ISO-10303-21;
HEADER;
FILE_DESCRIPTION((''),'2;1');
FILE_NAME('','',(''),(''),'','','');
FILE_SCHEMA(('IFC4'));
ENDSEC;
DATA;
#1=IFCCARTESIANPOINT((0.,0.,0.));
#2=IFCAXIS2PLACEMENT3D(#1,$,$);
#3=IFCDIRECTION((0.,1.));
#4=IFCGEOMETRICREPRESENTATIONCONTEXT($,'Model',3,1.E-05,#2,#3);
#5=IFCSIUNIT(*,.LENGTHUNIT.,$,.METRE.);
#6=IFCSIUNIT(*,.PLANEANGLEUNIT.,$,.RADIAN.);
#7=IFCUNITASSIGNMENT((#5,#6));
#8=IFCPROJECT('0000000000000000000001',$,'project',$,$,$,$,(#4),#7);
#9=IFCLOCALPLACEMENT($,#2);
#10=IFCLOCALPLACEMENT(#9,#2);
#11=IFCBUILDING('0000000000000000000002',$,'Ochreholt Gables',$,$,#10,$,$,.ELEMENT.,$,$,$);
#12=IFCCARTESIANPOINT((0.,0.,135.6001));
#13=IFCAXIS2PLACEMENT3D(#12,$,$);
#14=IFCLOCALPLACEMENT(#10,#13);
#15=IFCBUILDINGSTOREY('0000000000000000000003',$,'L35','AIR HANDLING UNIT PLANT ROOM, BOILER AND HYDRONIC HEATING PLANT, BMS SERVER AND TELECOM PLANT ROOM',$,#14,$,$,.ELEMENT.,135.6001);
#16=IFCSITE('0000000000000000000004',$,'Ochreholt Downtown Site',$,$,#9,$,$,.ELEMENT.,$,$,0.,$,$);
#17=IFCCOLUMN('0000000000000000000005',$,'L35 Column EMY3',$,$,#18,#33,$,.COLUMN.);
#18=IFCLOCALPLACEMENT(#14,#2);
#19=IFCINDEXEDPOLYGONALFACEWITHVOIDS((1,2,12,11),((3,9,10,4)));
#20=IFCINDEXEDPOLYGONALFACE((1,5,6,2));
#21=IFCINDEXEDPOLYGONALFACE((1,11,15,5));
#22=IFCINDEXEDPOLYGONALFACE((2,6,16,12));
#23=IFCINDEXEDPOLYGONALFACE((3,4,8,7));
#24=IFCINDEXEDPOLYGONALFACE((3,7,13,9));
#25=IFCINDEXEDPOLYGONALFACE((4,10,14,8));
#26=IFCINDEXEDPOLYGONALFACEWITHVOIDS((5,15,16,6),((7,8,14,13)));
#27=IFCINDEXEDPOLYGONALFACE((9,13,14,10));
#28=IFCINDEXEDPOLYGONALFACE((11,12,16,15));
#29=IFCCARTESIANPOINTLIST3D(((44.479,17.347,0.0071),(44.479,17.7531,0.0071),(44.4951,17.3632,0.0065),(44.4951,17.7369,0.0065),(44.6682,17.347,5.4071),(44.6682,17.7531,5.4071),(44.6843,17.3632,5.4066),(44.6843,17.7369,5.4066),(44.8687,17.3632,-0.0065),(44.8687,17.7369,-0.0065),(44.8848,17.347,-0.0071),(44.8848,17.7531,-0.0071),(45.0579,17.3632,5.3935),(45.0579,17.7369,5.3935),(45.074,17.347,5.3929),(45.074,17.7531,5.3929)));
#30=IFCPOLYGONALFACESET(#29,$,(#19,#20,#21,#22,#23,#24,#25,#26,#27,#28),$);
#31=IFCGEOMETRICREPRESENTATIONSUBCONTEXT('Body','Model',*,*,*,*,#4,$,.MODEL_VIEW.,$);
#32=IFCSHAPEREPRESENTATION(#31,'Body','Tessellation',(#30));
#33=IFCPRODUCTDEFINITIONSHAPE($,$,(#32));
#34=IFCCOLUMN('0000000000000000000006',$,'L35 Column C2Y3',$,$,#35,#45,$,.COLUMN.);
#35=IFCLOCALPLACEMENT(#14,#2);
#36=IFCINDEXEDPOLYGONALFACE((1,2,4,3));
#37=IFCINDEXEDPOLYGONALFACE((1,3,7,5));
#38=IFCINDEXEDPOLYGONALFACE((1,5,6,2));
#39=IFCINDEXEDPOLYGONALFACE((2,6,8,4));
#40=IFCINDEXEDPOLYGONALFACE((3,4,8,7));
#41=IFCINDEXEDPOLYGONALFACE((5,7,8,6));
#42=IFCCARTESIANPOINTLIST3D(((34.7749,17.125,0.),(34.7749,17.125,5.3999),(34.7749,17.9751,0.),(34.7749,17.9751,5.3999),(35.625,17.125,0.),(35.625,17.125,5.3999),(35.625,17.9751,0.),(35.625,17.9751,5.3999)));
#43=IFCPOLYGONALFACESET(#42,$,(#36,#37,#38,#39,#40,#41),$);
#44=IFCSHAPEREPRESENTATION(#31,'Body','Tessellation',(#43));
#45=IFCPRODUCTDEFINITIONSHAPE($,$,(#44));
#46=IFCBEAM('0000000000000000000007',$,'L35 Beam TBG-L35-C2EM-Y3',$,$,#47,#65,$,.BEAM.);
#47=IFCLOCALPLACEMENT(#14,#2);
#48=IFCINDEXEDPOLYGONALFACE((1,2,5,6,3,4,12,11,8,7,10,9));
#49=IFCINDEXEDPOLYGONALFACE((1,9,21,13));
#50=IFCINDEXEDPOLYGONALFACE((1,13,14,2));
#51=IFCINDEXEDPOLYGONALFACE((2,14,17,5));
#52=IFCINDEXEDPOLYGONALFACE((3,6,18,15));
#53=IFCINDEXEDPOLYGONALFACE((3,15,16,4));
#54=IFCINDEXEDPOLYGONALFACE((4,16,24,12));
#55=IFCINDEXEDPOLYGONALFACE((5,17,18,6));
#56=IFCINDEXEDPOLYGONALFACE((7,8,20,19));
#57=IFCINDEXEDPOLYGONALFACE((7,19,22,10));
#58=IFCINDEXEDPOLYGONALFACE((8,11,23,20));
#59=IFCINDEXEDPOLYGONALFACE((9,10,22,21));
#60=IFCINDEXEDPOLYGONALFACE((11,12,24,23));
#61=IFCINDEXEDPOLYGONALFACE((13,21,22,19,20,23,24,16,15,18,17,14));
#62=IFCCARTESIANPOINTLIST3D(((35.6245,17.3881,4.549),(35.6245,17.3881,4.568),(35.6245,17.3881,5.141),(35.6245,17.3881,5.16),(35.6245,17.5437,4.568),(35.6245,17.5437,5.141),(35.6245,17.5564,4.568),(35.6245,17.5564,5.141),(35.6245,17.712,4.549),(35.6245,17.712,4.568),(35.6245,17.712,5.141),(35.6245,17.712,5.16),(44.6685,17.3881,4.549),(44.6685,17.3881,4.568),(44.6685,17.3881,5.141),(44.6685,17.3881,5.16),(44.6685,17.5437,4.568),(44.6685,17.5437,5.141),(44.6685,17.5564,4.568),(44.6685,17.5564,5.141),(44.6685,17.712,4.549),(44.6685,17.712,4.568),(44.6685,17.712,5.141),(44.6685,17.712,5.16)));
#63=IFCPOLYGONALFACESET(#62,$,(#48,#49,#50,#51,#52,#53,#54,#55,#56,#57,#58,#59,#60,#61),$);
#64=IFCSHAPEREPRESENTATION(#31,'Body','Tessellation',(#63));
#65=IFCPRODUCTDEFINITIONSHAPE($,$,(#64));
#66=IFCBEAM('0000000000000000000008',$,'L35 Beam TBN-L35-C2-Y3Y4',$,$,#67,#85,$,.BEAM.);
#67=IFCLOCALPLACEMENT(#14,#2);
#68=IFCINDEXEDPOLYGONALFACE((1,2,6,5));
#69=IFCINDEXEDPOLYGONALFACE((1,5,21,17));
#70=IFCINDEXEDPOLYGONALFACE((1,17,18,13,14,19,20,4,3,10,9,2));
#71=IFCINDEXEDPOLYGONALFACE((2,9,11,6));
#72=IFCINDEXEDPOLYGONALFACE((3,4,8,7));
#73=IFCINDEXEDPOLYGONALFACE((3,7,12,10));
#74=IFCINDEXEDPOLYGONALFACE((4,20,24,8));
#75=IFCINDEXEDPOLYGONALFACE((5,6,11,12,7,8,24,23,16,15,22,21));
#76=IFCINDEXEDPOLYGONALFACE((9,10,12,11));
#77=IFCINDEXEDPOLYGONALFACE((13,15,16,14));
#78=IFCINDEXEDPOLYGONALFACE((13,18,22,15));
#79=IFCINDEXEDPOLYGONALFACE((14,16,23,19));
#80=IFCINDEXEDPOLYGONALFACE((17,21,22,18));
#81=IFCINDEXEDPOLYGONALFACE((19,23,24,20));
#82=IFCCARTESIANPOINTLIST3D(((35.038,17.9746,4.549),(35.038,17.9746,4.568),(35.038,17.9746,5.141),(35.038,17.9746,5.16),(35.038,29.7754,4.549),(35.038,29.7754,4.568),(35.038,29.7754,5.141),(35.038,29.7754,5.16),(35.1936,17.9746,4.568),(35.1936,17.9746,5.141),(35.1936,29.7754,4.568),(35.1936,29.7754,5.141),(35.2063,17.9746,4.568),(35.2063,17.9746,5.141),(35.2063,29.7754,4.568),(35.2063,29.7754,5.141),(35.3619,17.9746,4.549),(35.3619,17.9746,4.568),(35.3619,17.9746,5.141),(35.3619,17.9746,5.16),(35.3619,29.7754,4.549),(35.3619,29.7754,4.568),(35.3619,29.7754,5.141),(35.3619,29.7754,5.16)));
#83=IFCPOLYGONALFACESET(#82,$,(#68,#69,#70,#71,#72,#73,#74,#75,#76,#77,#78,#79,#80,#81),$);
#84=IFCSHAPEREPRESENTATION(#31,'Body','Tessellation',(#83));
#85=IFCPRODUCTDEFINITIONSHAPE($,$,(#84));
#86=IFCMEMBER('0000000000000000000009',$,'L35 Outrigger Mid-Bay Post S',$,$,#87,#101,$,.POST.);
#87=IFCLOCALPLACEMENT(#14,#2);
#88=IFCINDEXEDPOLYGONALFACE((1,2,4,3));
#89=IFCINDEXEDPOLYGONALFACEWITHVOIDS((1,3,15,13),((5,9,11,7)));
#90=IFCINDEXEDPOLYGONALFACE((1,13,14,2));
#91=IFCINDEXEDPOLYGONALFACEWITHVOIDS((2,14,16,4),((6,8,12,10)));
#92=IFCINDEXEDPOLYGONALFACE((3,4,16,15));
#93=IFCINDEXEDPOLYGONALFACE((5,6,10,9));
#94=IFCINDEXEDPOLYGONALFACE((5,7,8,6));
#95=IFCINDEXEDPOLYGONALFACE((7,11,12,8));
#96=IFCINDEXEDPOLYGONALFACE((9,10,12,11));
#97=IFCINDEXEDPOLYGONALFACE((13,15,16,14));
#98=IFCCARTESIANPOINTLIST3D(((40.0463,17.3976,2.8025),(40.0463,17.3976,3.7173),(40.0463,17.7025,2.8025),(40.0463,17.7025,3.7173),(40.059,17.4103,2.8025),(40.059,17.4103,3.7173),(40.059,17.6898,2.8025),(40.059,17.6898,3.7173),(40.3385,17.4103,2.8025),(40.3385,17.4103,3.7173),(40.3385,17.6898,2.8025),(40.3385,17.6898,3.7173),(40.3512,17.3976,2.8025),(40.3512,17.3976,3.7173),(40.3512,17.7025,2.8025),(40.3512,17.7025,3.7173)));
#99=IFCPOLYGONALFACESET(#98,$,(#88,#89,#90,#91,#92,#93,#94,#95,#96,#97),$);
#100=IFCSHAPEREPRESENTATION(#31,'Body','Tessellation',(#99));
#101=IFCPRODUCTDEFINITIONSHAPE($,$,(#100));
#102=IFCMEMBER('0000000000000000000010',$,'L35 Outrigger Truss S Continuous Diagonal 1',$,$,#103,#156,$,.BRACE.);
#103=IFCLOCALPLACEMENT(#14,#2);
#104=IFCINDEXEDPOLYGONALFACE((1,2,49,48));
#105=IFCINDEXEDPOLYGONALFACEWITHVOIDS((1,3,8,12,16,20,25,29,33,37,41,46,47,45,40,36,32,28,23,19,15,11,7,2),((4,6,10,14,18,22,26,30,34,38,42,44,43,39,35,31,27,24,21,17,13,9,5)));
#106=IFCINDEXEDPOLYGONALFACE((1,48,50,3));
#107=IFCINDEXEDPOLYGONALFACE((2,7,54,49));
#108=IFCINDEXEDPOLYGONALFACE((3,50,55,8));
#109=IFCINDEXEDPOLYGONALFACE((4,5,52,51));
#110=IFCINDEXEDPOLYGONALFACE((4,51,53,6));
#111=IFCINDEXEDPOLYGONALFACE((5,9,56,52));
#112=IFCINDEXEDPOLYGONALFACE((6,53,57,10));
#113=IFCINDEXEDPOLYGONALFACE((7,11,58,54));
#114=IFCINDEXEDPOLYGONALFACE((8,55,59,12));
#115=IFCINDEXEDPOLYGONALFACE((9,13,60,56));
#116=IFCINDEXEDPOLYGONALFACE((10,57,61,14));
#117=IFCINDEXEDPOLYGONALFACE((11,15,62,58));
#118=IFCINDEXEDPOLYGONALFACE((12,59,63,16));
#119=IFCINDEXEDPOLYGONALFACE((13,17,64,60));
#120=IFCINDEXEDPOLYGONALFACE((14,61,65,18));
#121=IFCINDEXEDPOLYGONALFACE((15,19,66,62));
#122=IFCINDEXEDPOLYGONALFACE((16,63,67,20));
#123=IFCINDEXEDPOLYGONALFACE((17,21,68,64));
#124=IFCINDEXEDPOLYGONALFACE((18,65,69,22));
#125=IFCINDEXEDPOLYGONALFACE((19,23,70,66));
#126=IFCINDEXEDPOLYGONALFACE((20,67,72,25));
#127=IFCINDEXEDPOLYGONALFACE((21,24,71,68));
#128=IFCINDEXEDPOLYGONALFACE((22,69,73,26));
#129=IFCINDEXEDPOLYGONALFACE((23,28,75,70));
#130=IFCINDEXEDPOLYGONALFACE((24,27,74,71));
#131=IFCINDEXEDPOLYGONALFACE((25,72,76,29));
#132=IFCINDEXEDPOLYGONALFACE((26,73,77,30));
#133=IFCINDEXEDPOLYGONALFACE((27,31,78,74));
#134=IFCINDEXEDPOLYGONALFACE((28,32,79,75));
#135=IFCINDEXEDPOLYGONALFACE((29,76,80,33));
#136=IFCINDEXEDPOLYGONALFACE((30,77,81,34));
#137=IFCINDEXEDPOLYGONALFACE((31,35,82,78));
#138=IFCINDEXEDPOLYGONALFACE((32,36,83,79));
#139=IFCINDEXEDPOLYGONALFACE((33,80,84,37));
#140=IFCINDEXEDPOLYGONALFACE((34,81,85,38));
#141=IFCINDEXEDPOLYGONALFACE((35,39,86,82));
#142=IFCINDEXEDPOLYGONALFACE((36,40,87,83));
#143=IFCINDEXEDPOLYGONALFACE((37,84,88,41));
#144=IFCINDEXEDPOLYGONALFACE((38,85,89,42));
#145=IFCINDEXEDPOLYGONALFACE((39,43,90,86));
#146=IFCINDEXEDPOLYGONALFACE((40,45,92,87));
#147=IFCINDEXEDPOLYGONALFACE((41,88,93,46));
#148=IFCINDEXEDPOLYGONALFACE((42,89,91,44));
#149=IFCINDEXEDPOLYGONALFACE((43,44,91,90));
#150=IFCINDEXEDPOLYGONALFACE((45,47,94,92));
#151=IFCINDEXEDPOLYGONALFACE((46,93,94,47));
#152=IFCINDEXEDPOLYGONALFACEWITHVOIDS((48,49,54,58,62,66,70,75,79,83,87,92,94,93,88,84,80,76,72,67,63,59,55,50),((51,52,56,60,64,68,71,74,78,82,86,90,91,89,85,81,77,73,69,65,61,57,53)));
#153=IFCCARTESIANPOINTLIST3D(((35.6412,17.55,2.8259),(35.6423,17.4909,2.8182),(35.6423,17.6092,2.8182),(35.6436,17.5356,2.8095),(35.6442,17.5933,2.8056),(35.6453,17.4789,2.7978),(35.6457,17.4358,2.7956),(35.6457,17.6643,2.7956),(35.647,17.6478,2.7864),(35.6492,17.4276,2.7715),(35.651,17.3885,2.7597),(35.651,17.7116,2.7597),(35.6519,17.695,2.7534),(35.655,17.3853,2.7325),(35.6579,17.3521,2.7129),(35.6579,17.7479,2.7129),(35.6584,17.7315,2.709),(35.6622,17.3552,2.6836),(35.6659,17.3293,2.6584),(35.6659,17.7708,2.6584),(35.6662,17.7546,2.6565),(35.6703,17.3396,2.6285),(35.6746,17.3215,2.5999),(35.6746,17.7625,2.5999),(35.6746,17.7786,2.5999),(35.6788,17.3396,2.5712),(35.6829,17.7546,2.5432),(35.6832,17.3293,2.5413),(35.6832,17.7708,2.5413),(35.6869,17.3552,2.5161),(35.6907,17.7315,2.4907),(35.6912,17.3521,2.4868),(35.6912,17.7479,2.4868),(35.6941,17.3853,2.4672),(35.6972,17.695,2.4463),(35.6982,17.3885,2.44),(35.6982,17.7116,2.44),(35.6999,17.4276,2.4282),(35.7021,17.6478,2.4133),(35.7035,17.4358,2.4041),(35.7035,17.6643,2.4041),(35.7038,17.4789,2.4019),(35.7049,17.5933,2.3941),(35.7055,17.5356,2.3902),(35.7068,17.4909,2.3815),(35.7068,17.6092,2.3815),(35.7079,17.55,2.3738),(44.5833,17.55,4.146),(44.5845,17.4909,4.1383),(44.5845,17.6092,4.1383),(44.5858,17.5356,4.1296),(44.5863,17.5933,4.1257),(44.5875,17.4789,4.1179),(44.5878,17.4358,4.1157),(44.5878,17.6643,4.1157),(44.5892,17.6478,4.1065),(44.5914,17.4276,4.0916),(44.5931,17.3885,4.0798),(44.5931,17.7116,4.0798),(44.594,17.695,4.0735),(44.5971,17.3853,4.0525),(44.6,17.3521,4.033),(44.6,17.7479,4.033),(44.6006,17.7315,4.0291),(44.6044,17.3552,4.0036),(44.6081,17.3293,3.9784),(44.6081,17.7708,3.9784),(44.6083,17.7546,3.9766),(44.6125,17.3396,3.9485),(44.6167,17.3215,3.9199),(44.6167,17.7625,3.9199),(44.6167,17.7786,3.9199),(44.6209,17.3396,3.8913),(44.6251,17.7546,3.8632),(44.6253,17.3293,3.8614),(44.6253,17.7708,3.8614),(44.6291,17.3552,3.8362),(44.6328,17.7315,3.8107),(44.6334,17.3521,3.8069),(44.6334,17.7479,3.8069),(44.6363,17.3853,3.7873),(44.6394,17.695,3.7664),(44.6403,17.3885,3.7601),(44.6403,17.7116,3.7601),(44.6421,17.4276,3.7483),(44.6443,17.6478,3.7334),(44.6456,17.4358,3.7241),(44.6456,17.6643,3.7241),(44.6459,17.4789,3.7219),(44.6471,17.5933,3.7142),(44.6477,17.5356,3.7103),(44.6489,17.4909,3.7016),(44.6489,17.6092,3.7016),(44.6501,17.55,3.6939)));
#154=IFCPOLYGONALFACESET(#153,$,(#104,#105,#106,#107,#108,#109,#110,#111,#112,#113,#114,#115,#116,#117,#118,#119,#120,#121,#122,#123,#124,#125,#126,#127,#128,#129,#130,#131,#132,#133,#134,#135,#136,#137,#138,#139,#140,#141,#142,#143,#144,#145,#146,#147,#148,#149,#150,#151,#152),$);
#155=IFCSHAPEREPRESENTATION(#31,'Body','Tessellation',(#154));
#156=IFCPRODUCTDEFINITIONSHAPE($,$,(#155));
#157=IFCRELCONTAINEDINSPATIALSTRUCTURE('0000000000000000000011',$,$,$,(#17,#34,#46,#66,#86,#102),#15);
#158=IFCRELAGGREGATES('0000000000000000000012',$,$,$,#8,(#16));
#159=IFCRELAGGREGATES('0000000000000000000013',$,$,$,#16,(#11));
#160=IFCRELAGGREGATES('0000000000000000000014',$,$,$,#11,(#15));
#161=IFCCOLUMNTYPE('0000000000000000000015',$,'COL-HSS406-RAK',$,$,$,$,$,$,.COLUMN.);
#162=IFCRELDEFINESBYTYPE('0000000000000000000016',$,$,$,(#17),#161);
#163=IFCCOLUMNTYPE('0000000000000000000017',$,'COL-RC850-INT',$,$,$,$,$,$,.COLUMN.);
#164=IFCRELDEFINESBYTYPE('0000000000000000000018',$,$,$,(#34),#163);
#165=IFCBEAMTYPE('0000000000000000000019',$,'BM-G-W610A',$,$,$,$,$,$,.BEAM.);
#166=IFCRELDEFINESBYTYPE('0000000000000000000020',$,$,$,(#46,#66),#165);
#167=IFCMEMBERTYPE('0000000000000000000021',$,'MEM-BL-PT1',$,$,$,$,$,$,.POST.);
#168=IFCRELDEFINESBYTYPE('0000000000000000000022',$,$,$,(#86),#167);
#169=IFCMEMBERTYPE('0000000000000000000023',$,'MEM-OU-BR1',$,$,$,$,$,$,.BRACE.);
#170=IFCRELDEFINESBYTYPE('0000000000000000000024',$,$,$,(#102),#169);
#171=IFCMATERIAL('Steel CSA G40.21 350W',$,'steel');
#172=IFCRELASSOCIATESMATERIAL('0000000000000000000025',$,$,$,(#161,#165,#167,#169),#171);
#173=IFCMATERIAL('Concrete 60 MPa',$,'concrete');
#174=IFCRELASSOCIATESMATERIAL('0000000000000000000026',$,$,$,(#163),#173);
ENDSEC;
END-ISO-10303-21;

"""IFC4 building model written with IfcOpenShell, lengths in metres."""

from ifc_helpers import new_model, si_unit, direction, frame, origin, origin_2d, place, context, subcontext, project, spatial, rectangle, hollow_rectangle, hollow_circle, i_section, extrude, material, material_profile, profile_set, type_object, element, save


model = new_model("IFC4")

# Units and contexts
model_context = context("Model", 3, precision=1e-05, world=origin(), true_north=direction((0.0, 1.0)))
body_context = subcontext(model_context, "Body", "Model", "MODEL_VIEW")
ifc_project = project(units=[si_unit("LENGTHUNIT", "METRE"), si_unit("PLANEANGLEUNIT", "RADIAN")], contexts=[model_context])

# Site, building, storey
site_placement = place(None, origin())
site = spatial("IfcSite", under=ifc_project, at=site_placement, Name="Ochreholt Downtown Site", CompositionType="ELEMENT", RefElevation=0.0)
building_placement = place(site_placement, origin())
building = spatial("IfcBuilding", under=site, at=building_placement, Name="Ochreholt Gables", CompositionType="ELEMENT")
storey_placement = place(building_placement, frame((0.0, 0.0, 135.6001)))
storey = spatial("IfcBuildingStorey", under=building, at=storey_placement, Name="L35", Description="AIR HANDLING UNIT PLANT ROOM, BOILER AND HYDRONIC HEATING PLANT, BMS SERVER AND TELECOM PLANT ROOM", CompositionType="ELEMENT", Elevation=135.6001)

# Columns
ifc_material_1 = material(Name="Steel CSA G40.21 350W", Category="steel")
ifc_material_profile_1 = material_profile(ifc_material_1, hollow_rectangle(XDim=0.406, YDim=0.406, WallThickness=0.0161, at=origin_2d()), Name="HSS406X406X16")
ifc_profile_set_1 = profile_set([ifc_material_profile_1], Name="Steel CSA G40.21 350W")
column_type_1 = type_object("IfcColumnType", Name="COL-HSS406-RAK", PredefinedType="COLUMN", material=ifc_profile_set_1)
column_1_placement = place(storey_placement, frame((44.6819, 17.55, 0.0), z_axis=(0.035018, 0.0, 0.999387), x_axis=(0.0, 1.0, 0.0)))
element("IfcColumn", 1, at=column_1_placement, inside=storey, type_object=column_type_1, Name="L35 Column EMY3", PredefinedType="COLUMN", context=body_context, shape_type="SweptSolid", body=[
    extrude(hollow_rectangle(XDim=0.406, YDim=0.406, WallThickness=0.0161, at=origin_2d()), origin(), (0.0, 0.0, 1.0), 5.4033),
])
ifc_material_2 = material(Name="Concrete 60 MPa", Category="concrete")
ifc_material_profile_2 = material_profile(ifc_material_2, rectangle(XDim=0.8501, YDim=0.8501, at=origin_2d()), Name="RC850X850")
ifc_profile_set_2 = profile_set([ifc_material_profile_2], Name="Concrete 60 MPa")
column_type_2 = type_object("IfcColumnType", Name="COL-RC850-INT", PredefinedType="COLUMN", material=ifc_profile_set_2)
column_2_placement = place(storey_placement, frame((35.2, 17.55, 0.0), z_axis=(0.0, 0.0, 1.0), x_axis=(1.0, 0.0, 0.0)))
element("IfcColumn", 2, at=column_2_placement, inside=storey, type_object=column_type_2, Name="L35 Column C2Y3", PredefinedType="COLUMN", context=body_context, shape_type="SweptSolid", body=[
    extrude(rectangle(XDim=0.8501, YDim=0.8501, at=origin_2d()), origin(), (0.0, 0.0, 1.0), 5.3999),
])

# Beams
ifc_material_profile_3 = material_profile(ifc_material_1, i_section(OverallWidth=0.324, OverallDepth=0.6111, WebThickness=0.0127, FlangeThickness=0.019, at=origin_2d()), Name="W610X155")
ifc_profile_set_3 = profile_set([ifc_material_profile_3], Name="Steel CSA G40.21 350W")
beam_type = type_object("IfcBeamType", Name="BM-G-W610A", PredefinedType="BEAM", material=ifc_profile_set_3)
beam_1_placement = place(storey_placement, frame((35.6245, 17.55, 4.8545), z_axis=(1.0, 0.0, 0.0), x_axis=(0.0, 1.0, 0.0)))
element("IfcBeam", 3, at=beam_1_placement, inside=storey, type_object=beam_type, Name="L35 Beam TBG-L35-C2EM-Y3", PredefinedType="BEAM", context=body_context, shape_type="SweptSolid", body=[
    extrude(i_section(OverallWidth=0.324, OverallDepth=0.6111, WebThickness=0.0127, FlangeThickness=0.019, at=origin_2d()), origin(), (0.0, 0.0, 1.0), 9.0439),
])
beam_2_placement = place(storey_placement, frame((35.2, 17.9746, 4.8545), z_axis=(0.0, 1.0, 0.0), x_axis=(-1.0, 0.0, 0.0)))
element("IfcBeam", 4, at=beam_2_placement, inside=storey, type_object=beam_type, Name="L35 Beam TBN-L35-C2-Y3Y4", PredefinedType="BEAM", context=body_context, shape_type="SweptSolid", body=[
    extrude(i_section(OverallWidth=0.324, OverallDepth=0.6111, WebThickness=0.0127, FlangeThickness=0.019, at=origin_2d()), origin(), (0.0, 0.0, 1.0), 11.8008),
])

# Members
ifc_material_profile_4 = material_profile(ifc_material_1, hollow_rectangle(XDim=0.3049, YDim=0.3049, WallThickness=0.0127, at=origin_2d()), Name="HSS305X305X13")
ifc_profile_set_4 = profile_set([ifc_material_profile_4], Name="Steel CSA G40.21 350W")
member_type_1 = type_object("IfcMemberType", Name="MEM-BL-PT1", PredefinedType="POST", material=ifc_profile_set_4)
member_1_placement = place(storey_placement, frame((40.1987, 17.55, 2.8025), z_axis=(0.0, 0.0, 1.0), x_axis=(1.0, 0.0, 0.0)))
element("IfcMember", 5, at=member_1_placement, inside=storey, type_object=member_type_1, Name="L35 Outrigger Mid-Bay Post S", PredefinedType="POST", context=body_context, shape_type="SweptSolid", body=[
    extrude(hollow_rectangle(XDim=0.3049, YDim=0.3049, WallThickness=0.0127, at=origin_2d()), origin(), (0.0, 0.0, 1.0), 0.9148),
])
ifc_material_profile_5 = material_profile(ifc_material_1, hollow_circle(Radius=0.2285, WallThickness=0.0161, at=origin_2d()), Name="CHS457X16")
ifc_profile_set_5 = profile_set([ifc_material_profile_5], Name="Steel CSA G40.21 350W")
member_type_2 = type_object("IfcMemberType", Name="MEM-OU-BR1", PredefinedType="BRACE", material=ifc_profile_set_5)
member_2_placement = place(storey_placement, frame((35.6746, 17.55, 2.5999), z_axis=(0.989279, 0.0, 0.146041), x_axis=(0.0, 1.0, 0.0)))
element("IfcMember", 6, at=member_2_placement, inside=storey, type_object=member_type_2, Name="L35 Outrigger Truss S Continuous Diagonal 1", PredefinedType="BRACE", context=body_context, shape_type="SweptSolid", body=[
    extrude(hollow_circle(Radius=0.2285, WallThickness=0.0161, at=origin_2d()), origin(), (0.0, 0.0, 1.0), 9.0391),
])

save(model, "model.ifc")
